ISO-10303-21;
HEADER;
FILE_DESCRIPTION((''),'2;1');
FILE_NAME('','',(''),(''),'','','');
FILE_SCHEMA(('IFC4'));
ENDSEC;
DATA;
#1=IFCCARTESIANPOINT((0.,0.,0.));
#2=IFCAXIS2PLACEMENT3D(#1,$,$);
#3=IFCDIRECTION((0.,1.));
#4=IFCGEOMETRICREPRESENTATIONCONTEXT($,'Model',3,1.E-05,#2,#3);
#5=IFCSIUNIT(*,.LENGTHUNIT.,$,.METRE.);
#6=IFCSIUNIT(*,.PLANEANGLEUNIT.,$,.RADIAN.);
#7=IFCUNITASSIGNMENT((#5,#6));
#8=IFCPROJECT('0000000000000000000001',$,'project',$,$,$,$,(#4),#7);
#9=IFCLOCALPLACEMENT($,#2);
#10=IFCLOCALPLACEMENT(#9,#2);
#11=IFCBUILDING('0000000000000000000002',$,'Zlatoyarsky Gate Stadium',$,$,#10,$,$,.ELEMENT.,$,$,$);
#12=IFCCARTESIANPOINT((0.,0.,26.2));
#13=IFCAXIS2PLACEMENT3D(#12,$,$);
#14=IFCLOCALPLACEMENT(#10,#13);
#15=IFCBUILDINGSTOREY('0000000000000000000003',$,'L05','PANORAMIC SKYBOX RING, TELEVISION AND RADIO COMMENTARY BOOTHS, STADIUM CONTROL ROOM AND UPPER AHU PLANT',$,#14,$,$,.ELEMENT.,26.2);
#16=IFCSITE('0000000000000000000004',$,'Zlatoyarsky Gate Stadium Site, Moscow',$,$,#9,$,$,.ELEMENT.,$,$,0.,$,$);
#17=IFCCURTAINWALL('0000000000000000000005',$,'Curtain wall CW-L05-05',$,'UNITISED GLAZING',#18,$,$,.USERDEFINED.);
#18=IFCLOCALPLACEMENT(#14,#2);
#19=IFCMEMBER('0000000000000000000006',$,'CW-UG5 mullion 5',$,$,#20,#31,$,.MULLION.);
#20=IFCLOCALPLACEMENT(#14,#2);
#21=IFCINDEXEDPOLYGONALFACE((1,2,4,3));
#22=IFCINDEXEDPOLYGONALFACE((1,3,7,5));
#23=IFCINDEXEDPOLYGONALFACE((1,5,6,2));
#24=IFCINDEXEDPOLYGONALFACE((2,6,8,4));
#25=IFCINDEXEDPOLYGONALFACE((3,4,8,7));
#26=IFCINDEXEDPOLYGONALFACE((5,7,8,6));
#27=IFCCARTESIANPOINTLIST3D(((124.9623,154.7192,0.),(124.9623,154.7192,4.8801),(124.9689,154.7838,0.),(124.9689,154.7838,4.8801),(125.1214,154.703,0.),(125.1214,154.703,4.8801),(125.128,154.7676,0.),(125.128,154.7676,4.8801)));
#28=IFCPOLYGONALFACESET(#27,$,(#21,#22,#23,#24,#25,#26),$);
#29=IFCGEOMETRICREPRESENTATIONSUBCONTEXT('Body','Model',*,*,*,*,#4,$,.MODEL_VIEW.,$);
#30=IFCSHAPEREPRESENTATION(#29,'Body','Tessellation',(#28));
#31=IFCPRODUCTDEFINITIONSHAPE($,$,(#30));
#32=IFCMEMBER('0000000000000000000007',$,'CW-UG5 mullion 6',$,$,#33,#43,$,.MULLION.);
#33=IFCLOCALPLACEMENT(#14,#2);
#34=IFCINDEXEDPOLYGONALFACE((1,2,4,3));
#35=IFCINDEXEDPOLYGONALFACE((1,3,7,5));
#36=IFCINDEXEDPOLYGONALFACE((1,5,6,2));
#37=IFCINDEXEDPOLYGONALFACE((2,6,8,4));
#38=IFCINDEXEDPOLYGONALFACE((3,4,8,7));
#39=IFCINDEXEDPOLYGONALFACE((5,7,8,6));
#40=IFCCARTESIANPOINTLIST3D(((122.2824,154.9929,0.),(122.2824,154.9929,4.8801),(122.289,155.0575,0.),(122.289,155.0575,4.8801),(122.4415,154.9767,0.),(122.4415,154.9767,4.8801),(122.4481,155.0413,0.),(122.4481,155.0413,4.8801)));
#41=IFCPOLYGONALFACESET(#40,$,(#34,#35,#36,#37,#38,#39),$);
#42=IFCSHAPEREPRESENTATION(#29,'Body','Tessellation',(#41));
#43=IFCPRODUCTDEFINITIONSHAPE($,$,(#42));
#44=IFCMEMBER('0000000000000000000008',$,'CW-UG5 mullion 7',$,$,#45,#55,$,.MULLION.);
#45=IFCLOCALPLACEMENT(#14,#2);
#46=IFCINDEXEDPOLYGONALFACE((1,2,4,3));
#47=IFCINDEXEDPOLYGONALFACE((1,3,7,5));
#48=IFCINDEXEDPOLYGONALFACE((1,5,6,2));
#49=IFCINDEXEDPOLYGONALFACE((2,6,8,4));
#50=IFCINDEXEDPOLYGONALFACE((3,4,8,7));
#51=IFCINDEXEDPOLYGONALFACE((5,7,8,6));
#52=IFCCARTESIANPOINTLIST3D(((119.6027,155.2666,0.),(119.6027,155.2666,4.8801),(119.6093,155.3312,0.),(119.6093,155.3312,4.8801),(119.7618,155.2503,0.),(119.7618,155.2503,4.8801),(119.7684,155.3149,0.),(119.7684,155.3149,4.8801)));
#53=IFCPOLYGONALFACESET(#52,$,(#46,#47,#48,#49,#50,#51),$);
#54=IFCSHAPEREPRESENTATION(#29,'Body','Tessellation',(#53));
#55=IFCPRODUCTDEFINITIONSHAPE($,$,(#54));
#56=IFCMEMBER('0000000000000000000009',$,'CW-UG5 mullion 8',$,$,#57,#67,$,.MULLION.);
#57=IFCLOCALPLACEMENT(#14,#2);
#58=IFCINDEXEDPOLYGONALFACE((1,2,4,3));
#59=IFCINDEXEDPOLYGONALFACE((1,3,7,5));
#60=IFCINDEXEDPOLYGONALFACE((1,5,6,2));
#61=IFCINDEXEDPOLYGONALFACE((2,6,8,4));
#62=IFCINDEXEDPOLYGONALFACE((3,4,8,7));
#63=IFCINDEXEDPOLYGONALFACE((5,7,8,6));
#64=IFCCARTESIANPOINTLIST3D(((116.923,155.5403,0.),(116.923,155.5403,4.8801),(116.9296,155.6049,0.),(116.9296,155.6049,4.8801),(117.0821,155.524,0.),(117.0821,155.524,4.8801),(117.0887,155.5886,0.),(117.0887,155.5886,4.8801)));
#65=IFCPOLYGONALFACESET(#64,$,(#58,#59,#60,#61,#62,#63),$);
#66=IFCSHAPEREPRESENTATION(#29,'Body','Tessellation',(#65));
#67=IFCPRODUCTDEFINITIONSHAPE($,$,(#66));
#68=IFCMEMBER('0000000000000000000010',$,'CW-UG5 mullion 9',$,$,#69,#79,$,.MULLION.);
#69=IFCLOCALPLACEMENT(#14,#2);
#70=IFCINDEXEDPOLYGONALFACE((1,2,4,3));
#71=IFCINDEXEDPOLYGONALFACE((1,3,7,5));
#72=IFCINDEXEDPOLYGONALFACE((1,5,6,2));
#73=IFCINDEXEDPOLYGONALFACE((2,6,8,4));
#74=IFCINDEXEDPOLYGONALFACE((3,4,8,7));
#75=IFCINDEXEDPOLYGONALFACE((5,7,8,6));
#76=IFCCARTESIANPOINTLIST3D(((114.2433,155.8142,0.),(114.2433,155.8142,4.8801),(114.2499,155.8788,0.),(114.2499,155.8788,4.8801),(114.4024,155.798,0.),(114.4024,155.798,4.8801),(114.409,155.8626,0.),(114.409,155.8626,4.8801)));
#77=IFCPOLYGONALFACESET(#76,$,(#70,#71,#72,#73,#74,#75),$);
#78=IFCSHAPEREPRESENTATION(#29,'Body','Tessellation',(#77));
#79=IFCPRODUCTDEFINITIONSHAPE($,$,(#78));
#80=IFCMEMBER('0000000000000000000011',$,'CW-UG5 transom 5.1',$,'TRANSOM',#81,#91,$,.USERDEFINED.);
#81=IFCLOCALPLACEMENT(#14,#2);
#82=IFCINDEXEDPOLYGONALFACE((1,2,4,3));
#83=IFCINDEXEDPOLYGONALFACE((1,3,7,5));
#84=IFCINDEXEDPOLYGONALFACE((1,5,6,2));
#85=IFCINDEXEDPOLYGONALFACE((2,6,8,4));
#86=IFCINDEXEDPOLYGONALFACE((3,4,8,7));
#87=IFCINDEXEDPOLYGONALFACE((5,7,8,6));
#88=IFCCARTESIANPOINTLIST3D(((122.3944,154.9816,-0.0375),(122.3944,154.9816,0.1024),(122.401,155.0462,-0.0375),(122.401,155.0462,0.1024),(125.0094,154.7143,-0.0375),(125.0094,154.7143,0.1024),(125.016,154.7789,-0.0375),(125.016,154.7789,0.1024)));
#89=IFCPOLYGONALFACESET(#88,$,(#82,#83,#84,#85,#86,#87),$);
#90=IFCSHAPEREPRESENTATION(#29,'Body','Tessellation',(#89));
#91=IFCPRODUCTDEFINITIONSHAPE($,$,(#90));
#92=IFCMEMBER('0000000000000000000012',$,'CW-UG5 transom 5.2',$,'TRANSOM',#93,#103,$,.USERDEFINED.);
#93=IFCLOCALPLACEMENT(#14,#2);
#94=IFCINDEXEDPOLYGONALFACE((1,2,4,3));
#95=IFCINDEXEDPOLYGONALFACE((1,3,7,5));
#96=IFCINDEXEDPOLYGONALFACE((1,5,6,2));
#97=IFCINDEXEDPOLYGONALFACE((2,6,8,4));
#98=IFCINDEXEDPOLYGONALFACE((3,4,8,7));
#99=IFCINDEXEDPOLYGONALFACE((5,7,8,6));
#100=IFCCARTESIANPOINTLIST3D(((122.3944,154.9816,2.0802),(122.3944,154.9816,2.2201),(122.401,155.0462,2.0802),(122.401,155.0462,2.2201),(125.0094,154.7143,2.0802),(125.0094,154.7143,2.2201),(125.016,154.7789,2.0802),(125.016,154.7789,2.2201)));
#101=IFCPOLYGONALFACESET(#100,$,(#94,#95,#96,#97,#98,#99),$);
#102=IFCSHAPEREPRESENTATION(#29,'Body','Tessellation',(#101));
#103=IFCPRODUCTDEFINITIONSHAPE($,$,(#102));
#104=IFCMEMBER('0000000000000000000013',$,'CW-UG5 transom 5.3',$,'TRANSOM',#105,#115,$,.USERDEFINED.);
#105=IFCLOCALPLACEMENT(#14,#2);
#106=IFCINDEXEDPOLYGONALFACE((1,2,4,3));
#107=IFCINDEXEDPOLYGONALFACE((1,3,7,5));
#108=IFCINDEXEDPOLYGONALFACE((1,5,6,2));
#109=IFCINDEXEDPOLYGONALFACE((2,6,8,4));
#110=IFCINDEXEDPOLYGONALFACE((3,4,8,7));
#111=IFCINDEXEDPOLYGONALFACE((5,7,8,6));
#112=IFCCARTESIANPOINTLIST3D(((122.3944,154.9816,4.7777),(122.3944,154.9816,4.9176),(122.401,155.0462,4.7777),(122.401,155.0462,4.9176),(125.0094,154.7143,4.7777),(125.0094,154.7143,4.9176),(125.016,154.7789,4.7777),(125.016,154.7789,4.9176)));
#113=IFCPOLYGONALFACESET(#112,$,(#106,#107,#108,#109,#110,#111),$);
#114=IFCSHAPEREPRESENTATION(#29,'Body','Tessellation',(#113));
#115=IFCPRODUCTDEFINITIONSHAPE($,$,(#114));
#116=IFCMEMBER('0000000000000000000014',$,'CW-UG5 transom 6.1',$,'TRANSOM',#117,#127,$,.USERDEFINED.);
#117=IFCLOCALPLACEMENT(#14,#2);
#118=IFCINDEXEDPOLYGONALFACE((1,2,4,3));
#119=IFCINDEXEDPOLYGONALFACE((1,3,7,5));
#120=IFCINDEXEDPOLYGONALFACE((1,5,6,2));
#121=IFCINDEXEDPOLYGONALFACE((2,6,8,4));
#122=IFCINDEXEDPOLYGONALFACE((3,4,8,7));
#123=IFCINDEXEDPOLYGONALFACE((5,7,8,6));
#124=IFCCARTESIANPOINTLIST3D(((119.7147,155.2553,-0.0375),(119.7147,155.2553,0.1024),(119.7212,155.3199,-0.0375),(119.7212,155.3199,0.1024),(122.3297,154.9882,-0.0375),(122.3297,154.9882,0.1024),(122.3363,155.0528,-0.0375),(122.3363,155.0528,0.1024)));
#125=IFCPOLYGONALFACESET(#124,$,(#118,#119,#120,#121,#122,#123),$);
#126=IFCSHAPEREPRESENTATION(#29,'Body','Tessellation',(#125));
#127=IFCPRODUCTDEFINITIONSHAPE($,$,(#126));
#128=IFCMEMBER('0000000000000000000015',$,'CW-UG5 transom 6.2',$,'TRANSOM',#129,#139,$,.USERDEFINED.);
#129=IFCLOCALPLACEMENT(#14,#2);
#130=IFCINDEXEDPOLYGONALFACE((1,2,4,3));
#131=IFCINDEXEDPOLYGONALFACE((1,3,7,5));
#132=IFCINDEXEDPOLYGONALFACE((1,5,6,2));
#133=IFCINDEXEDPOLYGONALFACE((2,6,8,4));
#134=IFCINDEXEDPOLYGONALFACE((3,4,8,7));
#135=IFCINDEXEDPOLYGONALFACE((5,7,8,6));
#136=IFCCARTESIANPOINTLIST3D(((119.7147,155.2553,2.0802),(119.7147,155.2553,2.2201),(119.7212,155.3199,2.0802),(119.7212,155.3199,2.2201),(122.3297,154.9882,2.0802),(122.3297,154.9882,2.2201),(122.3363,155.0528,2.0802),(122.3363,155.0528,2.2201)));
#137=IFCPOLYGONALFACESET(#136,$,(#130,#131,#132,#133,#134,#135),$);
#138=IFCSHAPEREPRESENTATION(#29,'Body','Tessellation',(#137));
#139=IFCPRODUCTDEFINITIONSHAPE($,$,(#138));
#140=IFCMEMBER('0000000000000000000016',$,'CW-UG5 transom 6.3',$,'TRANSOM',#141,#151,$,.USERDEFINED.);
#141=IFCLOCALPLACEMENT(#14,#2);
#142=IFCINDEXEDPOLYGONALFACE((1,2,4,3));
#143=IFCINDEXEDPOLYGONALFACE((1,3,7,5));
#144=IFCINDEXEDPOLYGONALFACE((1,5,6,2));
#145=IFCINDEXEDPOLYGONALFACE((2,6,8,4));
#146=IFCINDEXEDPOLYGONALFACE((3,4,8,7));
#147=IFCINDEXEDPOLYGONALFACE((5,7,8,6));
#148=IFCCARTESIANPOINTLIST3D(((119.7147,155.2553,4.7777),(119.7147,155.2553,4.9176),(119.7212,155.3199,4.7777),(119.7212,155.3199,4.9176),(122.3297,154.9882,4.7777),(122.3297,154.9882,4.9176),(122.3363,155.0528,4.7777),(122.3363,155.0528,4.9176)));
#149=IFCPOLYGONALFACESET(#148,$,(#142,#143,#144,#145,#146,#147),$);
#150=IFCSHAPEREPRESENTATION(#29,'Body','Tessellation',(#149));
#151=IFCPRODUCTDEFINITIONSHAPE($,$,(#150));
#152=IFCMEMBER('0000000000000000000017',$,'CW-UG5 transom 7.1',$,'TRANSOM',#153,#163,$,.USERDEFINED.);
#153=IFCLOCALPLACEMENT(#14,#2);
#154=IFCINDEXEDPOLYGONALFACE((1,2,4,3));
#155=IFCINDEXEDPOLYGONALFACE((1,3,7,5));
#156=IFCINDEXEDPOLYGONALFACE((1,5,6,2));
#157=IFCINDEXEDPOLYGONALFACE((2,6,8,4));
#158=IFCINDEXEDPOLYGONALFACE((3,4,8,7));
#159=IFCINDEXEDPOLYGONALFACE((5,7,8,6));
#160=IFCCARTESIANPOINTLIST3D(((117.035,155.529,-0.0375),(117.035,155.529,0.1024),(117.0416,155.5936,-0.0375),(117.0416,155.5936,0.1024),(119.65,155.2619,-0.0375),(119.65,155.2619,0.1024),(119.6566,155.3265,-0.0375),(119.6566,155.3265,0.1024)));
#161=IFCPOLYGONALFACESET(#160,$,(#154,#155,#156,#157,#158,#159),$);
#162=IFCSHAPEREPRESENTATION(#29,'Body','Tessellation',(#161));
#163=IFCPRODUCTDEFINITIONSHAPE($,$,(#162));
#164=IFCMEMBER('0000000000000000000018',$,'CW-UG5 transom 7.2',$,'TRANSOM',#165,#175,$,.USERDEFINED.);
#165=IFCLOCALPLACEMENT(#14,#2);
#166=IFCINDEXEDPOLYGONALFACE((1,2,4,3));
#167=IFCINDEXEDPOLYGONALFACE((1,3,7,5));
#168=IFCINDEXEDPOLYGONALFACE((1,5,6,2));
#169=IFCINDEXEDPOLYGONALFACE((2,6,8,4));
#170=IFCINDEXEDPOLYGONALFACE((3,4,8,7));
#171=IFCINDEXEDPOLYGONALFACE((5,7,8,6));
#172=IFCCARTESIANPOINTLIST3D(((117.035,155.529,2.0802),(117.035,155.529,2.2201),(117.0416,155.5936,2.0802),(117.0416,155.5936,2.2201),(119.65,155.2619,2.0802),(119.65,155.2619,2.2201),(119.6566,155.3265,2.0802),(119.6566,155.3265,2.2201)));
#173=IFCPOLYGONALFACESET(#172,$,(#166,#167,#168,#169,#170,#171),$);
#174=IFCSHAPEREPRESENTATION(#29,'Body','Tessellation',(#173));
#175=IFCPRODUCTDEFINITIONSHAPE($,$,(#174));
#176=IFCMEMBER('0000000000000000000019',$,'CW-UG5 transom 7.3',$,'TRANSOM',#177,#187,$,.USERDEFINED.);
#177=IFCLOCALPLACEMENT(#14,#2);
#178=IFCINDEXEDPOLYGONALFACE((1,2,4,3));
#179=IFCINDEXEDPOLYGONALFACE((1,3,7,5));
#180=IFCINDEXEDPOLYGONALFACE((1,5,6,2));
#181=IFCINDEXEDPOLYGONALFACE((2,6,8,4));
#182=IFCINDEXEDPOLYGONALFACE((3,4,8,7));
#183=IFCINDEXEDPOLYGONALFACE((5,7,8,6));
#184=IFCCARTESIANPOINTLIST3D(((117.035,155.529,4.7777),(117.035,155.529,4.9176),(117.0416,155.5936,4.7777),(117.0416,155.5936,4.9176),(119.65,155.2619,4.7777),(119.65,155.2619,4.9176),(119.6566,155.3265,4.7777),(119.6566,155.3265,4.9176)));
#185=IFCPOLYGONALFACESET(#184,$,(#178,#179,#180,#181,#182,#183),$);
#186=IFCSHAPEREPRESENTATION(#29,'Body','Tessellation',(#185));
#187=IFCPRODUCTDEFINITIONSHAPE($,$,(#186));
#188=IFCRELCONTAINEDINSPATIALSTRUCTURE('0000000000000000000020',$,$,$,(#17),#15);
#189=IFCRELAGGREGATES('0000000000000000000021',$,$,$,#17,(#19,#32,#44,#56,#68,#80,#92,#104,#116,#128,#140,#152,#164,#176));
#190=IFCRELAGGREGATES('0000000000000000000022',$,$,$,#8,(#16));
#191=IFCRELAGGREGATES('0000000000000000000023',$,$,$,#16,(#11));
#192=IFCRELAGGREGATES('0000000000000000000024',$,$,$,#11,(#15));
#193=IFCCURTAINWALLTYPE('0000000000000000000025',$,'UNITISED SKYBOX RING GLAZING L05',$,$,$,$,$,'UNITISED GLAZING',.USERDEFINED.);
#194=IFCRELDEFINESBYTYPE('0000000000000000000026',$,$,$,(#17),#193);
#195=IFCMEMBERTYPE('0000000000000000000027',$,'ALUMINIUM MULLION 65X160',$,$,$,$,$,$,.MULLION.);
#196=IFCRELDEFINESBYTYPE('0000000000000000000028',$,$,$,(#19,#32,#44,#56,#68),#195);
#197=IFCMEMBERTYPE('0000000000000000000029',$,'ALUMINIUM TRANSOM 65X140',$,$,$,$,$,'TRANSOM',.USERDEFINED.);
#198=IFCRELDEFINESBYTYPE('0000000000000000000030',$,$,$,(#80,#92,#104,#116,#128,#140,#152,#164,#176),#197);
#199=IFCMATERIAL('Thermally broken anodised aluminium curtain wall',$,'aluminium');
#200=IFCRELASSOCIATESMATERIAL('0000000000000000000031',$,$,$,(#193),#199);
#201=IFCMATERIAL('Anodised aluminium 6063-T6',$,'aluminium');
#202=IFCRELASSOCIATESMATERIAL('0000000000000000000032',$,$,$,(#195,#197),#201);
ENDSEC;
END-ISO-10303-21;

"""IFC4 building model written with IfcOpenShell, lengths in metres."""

from ifc_helpers import new_model, si_unit, direction, frame, origin, origin_2d, place, context, subcontext, project, spatial, rectangle, extrude, material, material_profile, profile_set, type_object, element, aggregate, save


model = new_model("IFC4")

# Units and contexts
model_context = context("Model", 3, precision=1e-05, world=origin(), true_north=direction((0.0, 1.0)))
body_context = subcontext(model_context, "Body", "Model", "MODEL_VIEW")
ifc_project = project(units=[si_unit("LENGTHUNIT", "METRE"), si_unit("PLANEANGLEUNIT", "RADIAN")], contexts=[model_context])

# Site, building, storey
site_placement = place(None, origin())
site = spatial("IfcSite", under=ifc_project, at=site_placement, Name="Zlatoyarsky Gate Stadium Site, Moscow", CompositionType="ELEMENT", RefElevation=0.0)
building_placement = place(site_placement, origin())
building = spatial("IfcBuilding", under=site, at=building_placement, Name="Zlatoyarsky Gate Stadium", CompositionType="ELEMENT")
storey_placement = place(building_placement, frame((0.0, 0.0, 26.2)))
storey = spatial("IfcBuildingStorey", under=building, at=storey_placement, Name="L05", Description="PANORAMIC SKYBOX RING, TELEVISION AND RADIO COMMENTARY BOOTHS, STADIUM CONTROL ROOM AND UPPER AHU PLANT", CompositionType="ELEMENT", Elevation=26.2)

# Curtain wall, members
ifc_material_1 = material(Name="Thermally broken anodised aluminium curtain wall", Category="aluminium")
curtain_wall_type = type_object("IfcCurtainWallType", Name="UNITISED SKYBOX RING GLAZING L05", ElementType="UNITISED GLAZING", PredefinedType="USERDEFINED", material=ifc_material_1)
curtain_wall_placement = place(storey_placement, origin())
curtain_wall = element("IfcCurtainWall", 1, at=curtain_wall_placement, inside=storey, type_object=curtain_wall_type, Name="Curtain wall CW-L05-05", ObjectType="UNITISED GLAZING", PredefinedType="USERDEFINED")
ifc_material_2 = material(Name="Anodised aluminium 6063-T6", Category="aluminium")
ifc_material_profile_1 = material_profile(ifc_material_2, rectangle(XDim=0.0649, YDim=0.1599, at=origin_2d()), Name="ALU 65X160")
ifc_profile_set_1 = profile_set([ifc_material_profile_1], Name="Anodised aluminium 6063-T6")
member_type_1 = type_object("IfcMemberType", Name="ALUMINIUM MULLION 65X160", PredefinedType="MULLION", material=ifc_profile_set_1)
member_1_placement = place(storey_placement, frame((125.0452, 154.7434, 0.0), z_axis=(0.0, 0.0, 1.0), x_axis=(-0.101618, -0.994823, 0.0)))
member_1 = element("IfcMember", 2, at=member_1_placement, type_object=member_type_1, Name="CW-UG5 mullion 5", PredefinedType="MULLION", context=body_context, shape_type="SweptSolid", body=[
    extrude(rectangle(XDim=0.0649, YDim=0.1599, at=origin_2d()), origin(), (0.0, 0.0, 1.0), 4.8801),
])
member_2_placement = place(storey_placement, frame((122.3652, 155.0171, 0.0), z_axis=(0.0, 0.0, 1.0), x_axis=(-0.101618, -0.994823, 0.0)))
member_2 = element("IfcMember", 3, at=member_2_placement, type_object=member_type_1, Name="CW-UG5 mullion 6", PredefinedType="MULLION", context=body_context, shape_type="SweptSolid", body=[
    extrude(rectangle(XDim=0.0649, YDim=0.1599, at=origin_2d()), origin(), (0.0, 0.0, 1.0), 4.8801),
])
member_3_placement = place(storey_placement, frame((119.6855, 155.2908, 0.0), z_axis=(0.0, 0.0, 1.0), x_axis=(-0.101618, -0.994823, 0.0)))
member_3 = element("IfcMember", 4, at=member_3_placement, type_object=member_type_1, Name="CW-UG5 mullion 7", PredefinedType="MULLION", context=body_context, shape_type="SweptSolid", body=[
    extrude(rectangle(XDim=0.0649, YDim=0.1599, at=origin_2d()), origin(), (0.0, 0.0, 1.0), 4.8801),
])
member_4_placement = place(storey_placement, frame((117.0059, 155.5645, 0.0), z_axis=(0.0, 0.0, 1.0), x_axis=(-0.101618, -0.994823, 0.0)))
member_4 = element("IfcMember", 5, at=member_4_placement, type_object=member_type_1, Name="CW-UG5 mullion 8", PredefinedType="MULLION", context=body_context, shape_type="SweptSolid", body=[
    extrude(rectangle(XDim=0.0649, YDim=0.1599, at=origin_2d()), origin(), (0.0, 0.0, 1.0), 4.8801),
])
member_5_placement = place(storey_placement, frame((114.3262, 155.8384, 0.0), z_axis=(0.0, 0.0, 1.0), x_axis=(-0.101618, -0.994823, 0.0)))
member_5 = element("IfcMember", 6, at=member_5_placement, type_object=member_type_1, Name="CW-UG5 mullion 9", PredefinedType="MULLION", context=body_context, shape_type="SweptSolid", body=[
    extrude(rectangle(XDim=0.0649, YDim=0.1599, at=origin_2d()), origin(), (0.0, 0.0, 1.0), 4.8801),
])
ifc_material_profile_2 = material_profile(ifc_material_2, rectangle(XDim=0.0649, YDim=0.1399, at=origin_2d()), Name="ALU 65X140")
ifc_profile_set_2 = profile_set([ifc_material_profile_2], Name="Anodised aluminium 6063-T6")
member_type_2 = type_object("IfcMemberType", Name="ALUMINIUM TRANSOM 65X140", ElementType="TRANSOM", PredefinedType="USERDEFINED", material=ifc_profile_set_2)
member_6_placement = place(storey_placement, frame((125.0127, 154.7466, 0.0325), z_axis=(-0.994815, 0.101701, 0.0), x_axis=(-0.101701, -0.994815, 0.0)))
member_6 = element("IfcMember", 7, at=member_6_placement, type_object=member_type_2, Name="CW-UG5 transom 5.1", ObjectType="TRANSOM", PredefinedType="USERDEFINED", context=body_context, shape_type="SweptSolid", body=[
    extrude(rectangle(XDim=0.0649, YDim=0.1399, at=origin_2d()), origin(), (0.0, 0.0, 1.0), 2.6287),
])
member_7_placement = place(storey_placement, frame((125.0127, 154.7466, 2.1501), z_axis=(-0.994815, 0.101701, 0.0), x_axis=(-0.101701, -0.994815, 0.0)))
member_7 = element("IfcMember", 8, at=member_7_placement, type_object=member_type_2, Name="CW-UG5 transom 5.2", ObjectType="TRANSOM", PredefinedType="USERDEFINED", context=body_context, shape_type="SweptSolid", body=[
    extrude(rectangle(XDim=0.0649, YDim=0.1399, at=origin_2d()), origin(), (0.0, 0.0, 1.0), 2.6287),
])
member_8_placement = place(storey_placement, frame((125.0127, 154.7466, 4.8477), z_axis=(-0.994815, 0.101701, 0.0), x_axis=(-0.101701, -0.994815, 0.0)))
member_8 = element("IfcMember", 9, at=member_8_placement, type_object=member_type_2, Name="CW-UG5 transom 5.3", ObjectType="TRANSOM", PredefinedType="USERDEFINED", context=body_context, shape_type="SweptSolid", body=[
    extrude(rectangle(XDim=0.0649, YDim=0.1399, at=origin_2d()), origin(), (0.0, 0.0, 1.0), 2.6287),
])
member_9_placement = place(storey_placement, frame((122.333, 155.0205, 0.0325), z_axis=(-0.994824, 0.101609, 0.0), x_axis=(-0.101609, -0.994824, 0.0)))
member_9 = element("IfcMember", 10, at=member_9_placement, type_object=member_type_2, Name="CW-UG5 transom 6.1", ObjectType="TRANSOM", PredefinedType="USERDEFINED", context=body_context, shape_type="SweptSolid", body=[
    extrude(rectangle(XDim=0.0649, YDim=0.1399, at=origin_2d()), origin(), (0.0, 0.0, 1.0), 2.6287),
])
member_10_placement = place(storey_placement, frame((122.333, 155.0205, 2.1501), z_axis=(-0.994824, 0.101609, 0.0), x_axis=(-0.101609, -0.994824, 0.0)))
member_10 = element("IfcMember", 11, at=member_10_placement, type_object=member_type_2, Name="CW-UG5 transom 6.2", ObjectType="TRANSOM", PredefinedType="USERDEFINED", context=body_context, shape_type="SweptSolid", body=[
    extrude(rectangle(XDim=0.0649, YDim=0.1399, at=origin_2d()), origin(), (0.0, 0.0, 1.0), 2.6287),
])
member_11_placement = place(storey_placement, frame((122.333, 155.0205, 4.8477), z_axis=(-0.994824, 0.101609, 0.0), x_axis=(-0.101609, -0.994824, 0.0)))
member_11 = element("IfcMember", 12, at=member_11_placement, type_object=member_type_2, Name="CW-UG5 transom 6.3", ObjectType="TRANSOM", PredefinedType="USERDEFINED", context=body_context, shape_type="SweptSolid", body=[
    extrude(rectangle(XDim=0.0649, YDim=0.1399, at=origin_2d()), origin(), (0.0, 0.0, 1.0), 2.6287),
])
member_12_placement = place(storey_placement, frame((119.6533, 155.2942, 0.0325), z_axis=(-0.994824, 0.101609, 0.0), x_axis=(-0.101609, -0.994824, 0.0)))
member_12 = element("IfcMember", 13, at=member_12_placement, type_object=member_type_2, Name="CW-UG5 transom 7.1", ObjectType="TRANSOM", PredefinedType="USERDEFINED", context=body_context, shape_type="SweptSolid", body=[
    extrude(rectangle(XDim=0.0649, YDim=0.1399, at=origin_2d()), origin(), (0.0, 0.0, 1.0), 2.6287),
])
member_13_placement = place(storey_placement, frame((119.6533, 155.2942, 2.1501), z_axis=(-0.994824, 0.101609, 0.0), x_axis=(-0.101609, -0.994824, 0.0)))
member_13 = element("IfcMember", 14, at=member_13_placement, type_object=member_type_2, Name="CW-UG5 transom 7.2", ObjectType="TRANSOM", PredefinedType="USERDEFINED", context=body_context, shape_type="SweptSolid", body=[
    extrude(rectangle(XDim=0.0649, YDim=0.1399, at=origin_2d()), origin(), (0.0, 0.0, 1.0), 2.6287),
])
member_14_placement = place(storey_placement, frame((119.6533, 155.2942, 4.8477), z_axis=(-0.994824, 0.101609, 0.0), x_axis=(-0.101609, -0.994824, 0.0)))
member_14 = element("IfcMember", 15, at=member_14_placement, type_object=member_type_2, Name="CW-UG5 transom 7.3", ObjectType="TRANSOM", PredefinedType="USERDEFINED", context=body_context, shape_type="SweptSolid", body=[
    extrude(rectangle(XDim=0.0649, YDim=0.1399, at=origin_2d()), origin(), (0.0, 0.0, 1.0), 2.6287),
])

aggregate(curtain_wall, [member_1, member_2, member_3, member_4, member_5, member_6, member_7, member_8, member_9, member_10, member_11, member_12, member_13, member_14])

save(model, "model.ifc")
